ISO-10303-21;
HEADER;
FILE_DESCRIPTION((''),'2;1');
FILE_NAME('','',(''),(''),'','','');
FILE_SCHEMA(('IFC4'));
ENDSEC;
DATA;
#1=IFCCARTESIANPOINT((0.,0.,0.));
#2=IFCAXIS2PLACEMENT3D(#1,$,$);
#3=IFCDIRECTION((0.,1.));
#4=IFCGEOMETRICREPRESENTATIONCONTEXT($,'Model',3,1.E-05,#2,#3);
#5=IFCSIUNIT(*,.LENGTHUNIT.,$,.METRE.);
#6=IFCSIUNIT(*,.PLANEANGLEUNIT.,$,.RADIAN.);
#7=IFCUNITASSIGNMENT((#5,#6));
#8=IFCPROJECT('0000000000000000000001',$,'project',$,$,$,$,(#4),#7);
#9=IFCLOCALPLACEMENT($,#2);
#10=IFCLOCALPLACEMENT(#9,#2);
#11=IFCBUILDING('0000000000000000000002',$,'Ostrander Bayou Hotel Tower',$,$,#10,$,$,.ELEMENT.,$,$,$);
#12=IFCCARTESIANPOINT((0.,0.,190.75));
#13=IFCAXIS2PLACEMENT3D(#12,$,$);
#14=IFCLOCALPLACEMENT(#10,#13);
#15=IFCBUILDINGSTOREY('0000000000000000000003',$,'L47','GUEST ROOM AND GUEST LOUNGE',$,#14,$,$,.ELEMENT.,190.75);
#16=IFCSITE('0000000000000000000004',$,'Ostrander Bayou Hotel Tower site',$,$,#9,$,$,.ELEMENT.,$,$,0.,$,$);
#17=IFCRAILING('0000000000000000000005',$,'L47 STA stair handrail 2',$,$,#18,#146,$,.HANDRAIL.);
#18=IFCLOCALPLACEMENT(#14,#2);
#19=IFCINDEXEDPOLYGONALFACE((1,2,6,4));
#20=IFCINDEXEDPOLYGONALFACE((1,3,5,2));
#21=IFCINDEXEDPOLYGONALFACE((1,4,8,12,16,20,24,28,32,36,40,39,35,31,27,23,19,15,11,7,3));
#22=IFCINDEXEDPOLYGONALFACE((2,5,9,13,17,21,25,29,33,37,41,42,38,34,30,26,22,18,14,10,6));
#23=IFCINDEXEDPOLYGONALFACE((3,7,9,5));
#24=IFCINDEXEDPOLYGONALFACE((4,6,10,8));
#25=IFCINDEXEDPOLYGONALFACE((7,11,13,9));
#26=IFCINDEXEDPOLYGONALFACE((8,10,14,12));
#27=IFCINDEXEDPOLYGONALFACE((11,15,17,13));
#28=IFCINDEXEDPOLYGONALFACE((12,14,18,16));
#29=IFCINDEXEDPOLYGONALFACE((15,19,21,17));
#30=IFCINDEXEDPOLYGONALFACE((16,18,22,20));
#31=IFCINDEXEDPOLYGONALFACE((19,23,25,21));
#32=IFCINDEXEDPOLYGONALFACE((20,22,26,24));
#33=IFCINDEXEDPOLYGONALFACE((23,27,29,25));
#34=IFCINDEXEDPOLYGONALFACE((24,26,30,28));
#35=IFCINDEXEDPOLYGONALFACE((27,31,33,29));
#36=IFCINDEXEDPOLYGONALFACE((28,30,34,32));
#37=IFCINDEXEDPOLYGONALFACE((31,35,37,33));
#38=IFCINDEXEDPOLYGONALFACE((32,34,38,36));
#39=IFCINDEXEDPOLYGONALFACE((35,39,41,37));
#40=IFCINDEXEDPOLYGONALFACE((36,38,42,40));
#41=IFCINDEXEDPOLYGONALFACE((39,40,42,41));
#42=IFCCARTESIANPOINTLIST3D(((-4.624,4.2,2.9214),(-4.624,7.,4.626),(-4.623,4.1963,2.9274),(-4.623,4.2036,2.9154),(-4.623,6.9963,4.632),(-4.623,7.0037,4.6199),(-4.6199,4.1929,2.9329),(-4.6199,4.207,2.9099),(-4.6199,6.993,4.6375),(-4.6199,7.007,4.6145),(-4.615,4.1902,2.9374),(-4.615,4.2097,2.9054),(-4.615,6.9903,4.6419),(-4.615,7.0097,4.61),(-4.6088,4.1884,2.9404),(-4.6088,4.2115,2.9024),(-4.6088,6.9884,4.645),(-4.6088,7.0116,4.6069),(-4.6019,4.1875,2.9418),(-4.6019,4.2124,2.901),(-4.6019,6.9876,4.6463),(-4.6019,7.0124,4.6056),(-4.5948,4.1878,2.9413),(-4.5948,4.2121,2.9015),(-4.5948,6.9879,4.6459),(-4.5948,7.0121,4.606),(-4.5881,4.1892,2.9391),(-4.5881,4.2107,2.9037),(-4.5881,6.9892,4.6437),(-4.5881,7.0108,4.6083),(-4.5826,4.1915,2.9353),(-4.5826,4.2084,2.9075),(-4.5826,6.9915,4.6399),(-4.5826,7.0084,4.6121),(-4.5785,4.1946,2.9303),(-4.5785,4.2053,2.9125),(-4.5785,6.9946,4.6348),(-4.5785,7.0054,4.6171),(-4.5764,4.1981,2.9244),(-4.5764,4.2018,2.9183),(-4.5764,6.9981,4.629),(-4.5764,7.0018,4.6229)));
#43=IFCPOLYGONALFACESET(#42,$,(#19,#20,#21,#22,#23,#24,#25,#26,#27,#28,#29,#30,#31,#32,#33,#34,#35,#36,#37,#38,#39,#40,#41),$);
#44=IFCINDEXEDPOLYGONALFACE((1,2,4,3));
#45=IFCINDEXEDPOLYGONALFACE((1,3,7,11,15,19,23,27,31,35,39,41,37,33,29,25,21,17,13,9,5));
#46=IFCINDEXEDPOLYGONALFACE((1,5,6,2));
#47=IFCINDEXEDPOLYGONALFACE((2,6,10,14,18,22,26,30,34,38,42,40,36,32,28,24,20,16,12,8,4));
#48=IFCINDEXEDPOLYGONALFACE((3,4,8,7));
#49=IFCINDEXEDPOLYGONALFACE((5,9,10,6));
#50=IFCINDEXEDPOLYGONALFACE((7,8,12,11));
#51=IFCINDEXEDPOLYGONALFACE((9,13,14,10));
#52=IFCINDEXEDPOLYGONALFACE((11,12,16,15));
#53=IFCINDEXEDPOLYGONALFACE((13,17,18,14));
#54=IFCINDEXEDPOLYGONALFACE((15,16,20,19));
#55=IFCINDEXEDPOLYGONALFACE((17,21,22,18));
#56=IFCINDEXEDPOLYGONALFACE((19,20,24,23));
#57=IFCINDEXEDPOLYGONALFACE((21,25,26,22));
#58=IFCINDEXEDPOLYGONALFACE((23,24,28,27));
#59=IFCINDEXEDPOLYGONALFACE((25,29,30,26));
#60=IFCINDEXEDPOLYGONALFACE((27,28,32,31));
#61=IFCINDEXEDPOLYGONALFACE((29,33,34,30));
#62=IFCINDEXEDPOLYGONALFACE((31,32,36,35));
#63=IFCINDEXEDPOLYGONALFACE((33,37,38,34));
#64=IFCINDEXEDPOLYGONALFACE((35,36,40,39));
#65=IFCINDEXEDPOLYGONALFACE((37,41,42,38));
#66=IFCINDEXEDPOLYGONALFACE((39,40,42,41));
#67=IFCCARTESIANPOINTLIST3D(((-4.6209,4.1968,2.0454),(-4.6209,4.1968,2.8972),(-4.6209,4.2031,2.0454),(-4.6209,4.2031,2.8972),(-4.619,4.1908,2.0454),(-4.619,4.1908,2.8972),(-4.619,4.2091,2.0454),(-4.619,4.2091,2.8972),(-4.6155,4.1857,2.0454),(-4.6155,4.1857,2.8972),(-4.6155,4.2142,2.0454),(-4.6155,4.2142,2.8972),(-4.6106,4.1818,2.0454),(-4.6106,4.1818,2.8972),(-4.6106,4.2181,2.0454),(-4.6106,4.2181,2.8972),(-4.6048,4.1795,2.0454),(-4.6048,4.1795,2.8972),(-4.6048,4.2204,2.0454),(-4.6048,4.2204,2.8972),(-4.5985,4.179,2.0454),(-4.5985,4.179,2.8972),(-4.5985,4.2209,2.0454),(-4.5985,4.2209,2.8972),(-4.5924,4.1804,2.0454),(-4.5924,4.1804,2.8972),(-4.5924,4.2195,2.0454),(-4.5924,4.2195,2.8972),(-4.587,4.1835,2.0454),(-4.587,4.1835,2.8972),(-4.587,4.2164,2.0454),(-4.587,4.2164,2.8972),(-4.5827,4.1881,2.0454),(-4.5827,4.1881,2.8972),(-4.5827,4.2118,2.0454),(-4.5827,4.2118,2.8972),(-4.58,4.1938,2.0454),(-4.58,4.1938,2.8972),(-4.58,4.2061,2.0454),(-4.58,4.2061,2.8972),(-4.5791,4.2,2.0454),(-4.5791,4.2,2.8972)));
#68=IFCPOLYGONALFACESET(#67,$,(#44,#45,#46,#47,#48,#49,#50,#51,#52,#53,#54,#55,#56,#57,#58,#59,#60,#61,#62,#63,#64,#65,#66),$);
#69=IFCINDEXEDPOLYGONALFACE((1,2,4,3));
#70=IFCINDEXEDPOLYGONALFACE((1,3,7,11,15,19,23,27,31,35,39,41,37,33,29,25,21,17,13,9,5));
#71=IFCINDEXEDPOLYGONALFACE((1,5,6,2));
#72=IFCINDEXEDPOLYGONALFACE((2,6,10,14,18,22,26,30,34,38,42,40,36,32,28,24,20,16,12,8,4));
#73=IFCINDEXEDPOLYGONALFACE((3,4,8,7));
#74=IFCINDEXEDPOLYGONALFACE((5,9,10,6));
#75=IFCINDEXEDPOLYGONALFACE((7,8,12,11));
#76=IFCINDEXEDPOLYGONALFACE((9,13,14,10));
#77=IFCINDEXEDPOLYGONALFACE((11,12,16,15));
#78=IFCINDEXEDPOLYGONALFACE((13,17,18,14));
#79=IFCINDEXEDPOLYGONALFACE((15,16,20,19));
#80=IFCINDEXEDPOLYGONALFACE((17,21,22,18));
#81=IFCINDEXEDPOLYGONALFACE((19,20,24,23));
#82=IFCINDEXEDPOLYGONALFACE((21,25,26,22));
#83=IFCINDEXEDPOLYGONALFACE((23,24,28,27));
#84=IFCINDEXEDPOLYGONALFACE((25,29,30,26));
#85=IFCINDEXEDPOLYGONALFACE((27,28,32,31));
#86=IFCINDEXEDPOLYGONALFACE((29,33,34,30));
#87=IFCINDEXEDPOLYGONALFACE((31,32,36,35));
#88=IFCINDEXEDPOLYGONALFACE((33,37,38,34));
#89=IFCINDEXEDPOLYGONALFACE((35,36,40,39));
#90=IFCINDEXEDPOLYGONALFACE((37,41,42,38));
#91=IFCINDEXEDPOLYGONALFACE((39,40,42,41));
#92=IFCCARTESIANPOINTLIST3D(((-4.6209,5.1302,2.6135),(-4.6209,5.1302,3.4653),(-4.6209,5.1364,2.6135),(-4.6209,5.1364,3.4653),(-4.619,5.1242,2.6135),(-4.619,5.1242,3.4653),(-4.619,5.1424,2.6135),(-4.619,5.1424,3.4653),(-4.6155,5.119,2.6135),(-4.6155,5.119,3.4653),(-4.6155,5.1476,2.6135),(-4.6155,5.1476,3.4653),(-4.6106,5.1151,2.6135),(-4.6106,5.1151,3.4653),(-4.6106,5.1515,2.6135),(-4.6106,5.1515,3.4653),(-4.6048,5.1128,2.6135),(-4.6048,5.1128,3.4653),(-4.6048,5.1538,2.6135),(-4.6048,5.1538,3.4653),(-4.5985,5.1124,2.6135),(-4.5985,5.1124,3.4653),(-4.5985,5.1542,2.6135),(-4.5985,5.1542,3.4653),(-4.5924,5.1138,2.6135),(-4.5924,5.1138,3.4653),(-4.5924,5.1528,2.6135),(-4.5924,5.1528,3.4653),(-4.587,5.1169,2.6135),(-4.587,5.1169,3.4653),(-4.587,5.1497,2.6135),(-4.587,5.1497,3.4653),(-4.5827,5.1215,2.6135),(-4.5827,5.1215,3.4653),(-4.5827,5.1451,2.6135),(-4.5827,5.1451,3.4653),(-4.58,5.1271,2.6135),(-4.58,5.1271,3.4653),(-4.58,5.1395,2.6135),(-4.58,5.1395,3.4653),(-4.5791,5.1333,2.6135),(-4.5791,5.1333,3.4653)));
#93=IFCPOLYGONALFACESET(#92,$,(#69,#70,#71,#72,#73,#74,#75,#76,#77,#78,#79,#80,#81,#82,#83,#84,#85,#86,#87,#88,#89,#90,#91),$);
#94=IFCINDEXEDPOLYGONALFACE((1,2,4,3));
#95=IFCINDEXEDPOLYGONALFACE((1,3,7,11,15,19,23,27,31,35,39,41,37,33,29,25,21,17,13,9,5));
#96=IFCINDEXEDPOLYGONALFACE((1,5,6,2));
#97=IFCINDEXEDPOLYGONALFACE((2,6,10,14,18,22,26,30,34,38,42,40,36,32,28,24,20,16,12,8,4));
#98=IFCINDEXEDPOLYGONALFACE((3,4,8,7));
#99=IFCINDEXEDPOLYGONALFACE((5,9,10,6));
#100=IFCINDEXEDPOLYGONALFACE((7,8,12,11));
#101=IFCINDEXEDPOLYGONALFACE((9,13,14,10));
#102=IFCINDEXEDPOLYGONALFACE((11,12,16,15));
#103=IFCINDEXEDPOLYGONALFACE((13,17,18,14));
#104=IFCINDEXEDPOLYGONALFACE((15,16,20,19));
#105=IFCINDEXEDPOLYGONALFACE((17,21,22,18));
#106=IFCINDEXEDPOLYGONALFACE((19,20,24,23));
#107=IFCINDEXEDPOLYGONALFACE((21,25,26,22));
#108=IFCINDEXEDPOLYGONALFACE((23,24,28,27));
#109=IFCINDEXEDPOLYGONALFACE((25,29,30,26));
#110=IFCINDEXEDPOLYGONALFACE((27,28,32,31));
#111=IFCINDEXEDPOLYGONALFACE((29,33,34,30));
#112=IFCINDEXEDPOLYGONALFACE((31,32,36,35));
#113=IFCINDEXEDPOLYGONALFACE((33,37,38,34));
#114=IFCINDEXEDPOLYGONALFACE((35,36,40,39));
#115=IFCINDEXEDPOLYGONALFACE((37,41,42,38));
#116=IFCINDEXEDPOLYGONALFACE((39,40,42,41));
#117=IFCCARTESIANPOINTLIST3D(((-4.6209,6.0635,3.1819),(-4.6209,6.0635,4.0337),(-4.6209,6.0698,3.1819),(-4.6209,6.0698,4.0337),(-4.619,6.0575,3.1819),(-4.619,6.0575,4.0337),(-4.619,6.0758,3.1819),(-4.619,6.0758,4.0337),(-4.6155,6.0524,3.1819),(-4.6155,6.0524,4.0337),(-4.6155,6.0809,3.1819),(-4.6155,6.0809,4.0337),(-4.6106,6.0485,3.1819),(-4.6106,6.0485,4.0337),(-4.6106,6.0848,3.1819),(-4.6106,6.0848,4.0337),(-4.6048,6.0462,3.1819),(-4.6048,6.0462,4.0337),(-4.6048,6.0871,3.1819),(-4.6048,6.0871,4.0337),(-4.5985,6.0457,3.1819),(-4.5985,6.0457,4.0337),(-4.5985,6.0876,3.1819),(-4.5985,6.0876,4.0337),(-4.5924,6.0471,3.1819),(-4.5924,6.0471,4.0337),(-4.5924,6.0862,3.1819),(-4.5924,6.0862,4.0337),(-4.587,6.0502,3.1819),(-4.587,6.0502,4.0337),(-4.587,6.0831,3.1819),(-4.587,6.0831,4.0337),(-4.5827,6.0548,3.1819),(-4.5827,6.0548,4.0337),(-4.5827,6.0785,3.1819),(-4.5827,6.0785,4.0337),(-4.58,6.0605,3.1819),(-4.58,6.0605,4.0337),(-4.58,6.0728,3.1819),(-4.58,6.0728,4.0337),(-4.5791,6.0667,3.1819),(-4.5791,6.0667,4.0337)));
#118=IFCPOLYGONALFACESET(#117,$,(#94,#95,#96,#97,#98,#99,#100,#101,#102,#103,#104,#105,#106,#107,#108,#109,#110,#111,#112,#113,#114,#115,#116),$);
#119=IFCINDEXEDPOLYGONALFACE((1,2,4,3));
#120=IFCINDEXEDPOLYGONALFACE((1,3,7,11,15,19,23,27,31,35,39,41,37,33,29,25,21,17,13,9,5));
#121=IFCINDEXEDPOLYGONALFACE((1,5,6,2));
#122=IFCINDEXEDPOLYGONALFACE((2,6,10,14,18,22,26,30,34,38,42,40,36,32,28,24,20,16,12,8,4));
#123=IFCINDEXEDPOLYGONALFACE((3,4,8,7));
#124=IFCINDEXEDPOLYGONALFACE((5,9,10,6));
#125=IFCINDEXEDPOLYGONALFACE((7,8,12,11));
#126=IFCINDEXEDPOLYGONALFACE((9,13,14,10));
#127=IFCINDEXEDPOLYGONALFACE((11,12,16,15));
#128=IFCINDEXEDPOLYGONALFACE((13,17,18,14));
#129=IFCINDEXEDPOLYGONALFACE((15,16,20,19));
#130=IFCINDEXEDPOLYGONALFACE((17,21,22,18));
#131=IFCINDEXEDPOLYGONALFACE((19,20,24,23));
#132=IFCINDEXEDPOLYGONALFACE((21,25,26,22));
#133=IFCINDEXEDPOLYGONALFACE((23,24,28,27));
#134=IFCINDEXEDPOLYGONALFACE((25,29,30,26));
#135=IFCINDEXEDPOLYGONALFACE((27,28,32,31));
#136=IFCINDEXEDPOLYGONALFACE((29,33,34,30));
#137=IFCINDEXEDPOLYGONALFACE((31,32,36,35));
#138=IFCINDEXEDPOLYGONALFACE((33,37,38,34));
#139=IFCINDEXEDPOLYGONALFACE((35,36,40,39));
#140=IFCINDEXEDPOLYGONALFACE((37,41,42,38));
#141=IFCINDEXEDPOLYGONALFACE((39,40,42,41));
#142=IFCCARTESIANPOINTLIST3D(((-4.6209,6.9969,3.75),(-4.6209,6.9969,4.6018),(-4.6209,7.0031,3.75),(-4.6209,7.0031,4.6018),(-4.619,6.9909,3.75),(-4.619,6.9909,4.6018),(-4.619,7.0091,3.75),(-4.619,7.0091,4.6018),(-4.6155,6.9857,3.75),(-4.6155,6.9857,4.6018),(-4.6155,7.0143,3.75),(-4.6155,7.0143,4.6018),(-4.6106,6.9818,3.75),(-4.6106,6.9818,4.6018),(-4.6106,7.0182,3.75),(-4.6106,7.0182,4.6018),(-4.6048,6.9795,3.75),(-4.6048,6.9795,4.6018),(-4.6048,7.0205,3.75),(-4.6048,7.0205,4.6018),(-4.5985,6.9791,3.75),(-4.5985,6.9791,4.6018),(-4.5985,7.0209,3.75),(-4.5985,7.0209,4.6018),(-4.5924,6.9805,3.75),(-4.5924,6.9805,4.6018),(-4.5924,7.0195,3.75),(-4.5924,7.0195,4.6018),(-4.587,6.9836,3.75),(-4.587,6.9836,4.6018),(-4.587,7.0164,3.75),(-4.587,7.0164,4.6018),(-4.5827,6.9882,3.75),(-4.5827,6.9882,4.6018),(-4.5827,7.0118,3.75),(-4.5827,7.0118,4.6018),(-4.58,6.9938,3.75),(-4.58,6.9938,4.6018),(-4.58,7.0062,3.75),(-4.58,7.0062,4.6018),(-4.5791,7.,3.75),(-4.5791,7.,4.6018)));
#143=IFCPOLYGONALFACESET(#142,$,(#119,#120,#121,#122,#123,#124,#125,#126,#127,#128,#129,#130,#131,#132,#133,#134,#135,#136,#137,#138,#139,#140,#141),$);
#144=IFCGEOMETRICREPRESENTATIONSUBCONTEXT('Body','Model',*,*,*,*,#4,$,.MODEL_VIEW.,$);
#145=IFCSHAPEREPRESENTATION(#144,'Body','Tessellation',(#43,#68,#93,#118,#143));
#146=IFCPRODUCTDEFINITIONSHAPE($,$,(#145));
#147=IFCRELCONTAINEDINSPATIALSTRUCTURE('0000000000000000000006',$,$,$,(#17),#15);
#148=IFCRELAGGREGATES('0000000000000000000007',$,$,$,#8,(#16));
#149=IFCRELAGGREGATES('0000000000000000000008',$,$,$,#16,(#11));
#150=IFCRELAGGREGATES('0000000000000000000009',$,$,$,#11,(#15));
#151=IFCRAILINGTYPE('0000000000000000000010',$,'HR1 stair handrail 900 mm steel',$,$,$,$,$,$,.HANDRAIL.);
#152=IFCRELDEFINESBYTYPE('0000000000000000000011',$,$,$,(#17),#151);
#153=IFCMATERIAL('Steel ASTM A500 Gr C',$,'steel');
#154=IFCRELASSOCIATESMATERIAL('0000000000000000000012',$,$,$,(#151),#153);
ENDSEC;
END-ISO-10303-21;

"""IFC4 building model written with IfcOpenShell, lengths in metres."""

from ifc_helpers import new_model, si_unit, direction, frame, origin, origin_2d, place, context, subcontext, project, spatial, circle, extrude, material, type_object, element, save


model = new_model("IFC4")

# Units and contexts
model_context = context("Model", 3, precision=1e-05, world=origin(), true_north=direction((0.0, 1.0)))
body_context = subcontext(model_context, "Body", "Model", "MODEL_VIEW")
ifc_project = project(units=[si_unit("LENGTHUNIT", "METRE"), si_unit("PLANEANGLEUNIT", "RADIAN")], contexts=[model_context])

# Site, building, storey
site_placement = place(None, origin())
site = spatial("IfcSite", under=ifc_project, at=site_placement, Name="Ostrander Bayou Hotel Tower site", CompositionType="ELEMENT", RefElevation=0.0)
building_placement = place(site_placement, origin())
building = spatial("IfcBuilding", under=site, at=building_placement, Name="Ostrander Bayou Hotel Tower", CompositionType="ELEMENT")
storey_placement = place(building_placement, frame((0.0, 0.0, 190.75)))
storey = spatial("IfcBuildingStorey", under=building, at=storey_placement, Name="L47", Description="GUEST ROOM AND GUEST LOUNGE", CompositionType="ELEMENT", Elevation=190.75)

# Railing
ifc_material_1 = material(Name="Steel ASTM A500 Gr C", Category="steel")
railing_type_1 = type_object("IfcRailingType", Name="HR1 stair handrail 900 mm steel", PredefinedType="HANDRAIL", material=ifc_material_1)
railing_1_placement = place(storey_placement, frame((-4.6001, 4.2, 2.0454)))
element("IfcRailing", 1, at=railing_1_placement, inside=storey, type_object=railing_type_1, Name="L47 STA stair handrail 2", PredefinedType="HANDRAIL", context=body_context, shape_type="SweptSolid", body=[
    extrude(circle(Radius=0.0239, at=origin_2d()), frame((0.0, 0.0, 0.876), z_axis=(0.0, 0.85417, 0.519994), x_axis=(-1.0, 0.0, 0.0)), (0.0, 0.0, 1.0), 3.2781),
    extrude(circle(Radius=0.021, at=origin_2d()), origin(), (0.0, 0.0, 1.0), 0.8518),
    extrude(circle(Radius=0.021, at=origin_2d()), frame((0.0, 0.9333, 0.5681)), (0.0, 0.0, 1.0), 0.8518),
    extrude(circle(Radius=0.021, at=origin_2d()), frame((0.0, 1.8667, 1.1365)), (0.0, 0.0, 1.0), 0.8518),
    extrude(circle(Radius=0.021, at=origin_2d()), frame((0.0, 2.8, 1.7046)), (0.0, 0.0, 1.0), 0.8518),
])

save(model, "model.ifc")
